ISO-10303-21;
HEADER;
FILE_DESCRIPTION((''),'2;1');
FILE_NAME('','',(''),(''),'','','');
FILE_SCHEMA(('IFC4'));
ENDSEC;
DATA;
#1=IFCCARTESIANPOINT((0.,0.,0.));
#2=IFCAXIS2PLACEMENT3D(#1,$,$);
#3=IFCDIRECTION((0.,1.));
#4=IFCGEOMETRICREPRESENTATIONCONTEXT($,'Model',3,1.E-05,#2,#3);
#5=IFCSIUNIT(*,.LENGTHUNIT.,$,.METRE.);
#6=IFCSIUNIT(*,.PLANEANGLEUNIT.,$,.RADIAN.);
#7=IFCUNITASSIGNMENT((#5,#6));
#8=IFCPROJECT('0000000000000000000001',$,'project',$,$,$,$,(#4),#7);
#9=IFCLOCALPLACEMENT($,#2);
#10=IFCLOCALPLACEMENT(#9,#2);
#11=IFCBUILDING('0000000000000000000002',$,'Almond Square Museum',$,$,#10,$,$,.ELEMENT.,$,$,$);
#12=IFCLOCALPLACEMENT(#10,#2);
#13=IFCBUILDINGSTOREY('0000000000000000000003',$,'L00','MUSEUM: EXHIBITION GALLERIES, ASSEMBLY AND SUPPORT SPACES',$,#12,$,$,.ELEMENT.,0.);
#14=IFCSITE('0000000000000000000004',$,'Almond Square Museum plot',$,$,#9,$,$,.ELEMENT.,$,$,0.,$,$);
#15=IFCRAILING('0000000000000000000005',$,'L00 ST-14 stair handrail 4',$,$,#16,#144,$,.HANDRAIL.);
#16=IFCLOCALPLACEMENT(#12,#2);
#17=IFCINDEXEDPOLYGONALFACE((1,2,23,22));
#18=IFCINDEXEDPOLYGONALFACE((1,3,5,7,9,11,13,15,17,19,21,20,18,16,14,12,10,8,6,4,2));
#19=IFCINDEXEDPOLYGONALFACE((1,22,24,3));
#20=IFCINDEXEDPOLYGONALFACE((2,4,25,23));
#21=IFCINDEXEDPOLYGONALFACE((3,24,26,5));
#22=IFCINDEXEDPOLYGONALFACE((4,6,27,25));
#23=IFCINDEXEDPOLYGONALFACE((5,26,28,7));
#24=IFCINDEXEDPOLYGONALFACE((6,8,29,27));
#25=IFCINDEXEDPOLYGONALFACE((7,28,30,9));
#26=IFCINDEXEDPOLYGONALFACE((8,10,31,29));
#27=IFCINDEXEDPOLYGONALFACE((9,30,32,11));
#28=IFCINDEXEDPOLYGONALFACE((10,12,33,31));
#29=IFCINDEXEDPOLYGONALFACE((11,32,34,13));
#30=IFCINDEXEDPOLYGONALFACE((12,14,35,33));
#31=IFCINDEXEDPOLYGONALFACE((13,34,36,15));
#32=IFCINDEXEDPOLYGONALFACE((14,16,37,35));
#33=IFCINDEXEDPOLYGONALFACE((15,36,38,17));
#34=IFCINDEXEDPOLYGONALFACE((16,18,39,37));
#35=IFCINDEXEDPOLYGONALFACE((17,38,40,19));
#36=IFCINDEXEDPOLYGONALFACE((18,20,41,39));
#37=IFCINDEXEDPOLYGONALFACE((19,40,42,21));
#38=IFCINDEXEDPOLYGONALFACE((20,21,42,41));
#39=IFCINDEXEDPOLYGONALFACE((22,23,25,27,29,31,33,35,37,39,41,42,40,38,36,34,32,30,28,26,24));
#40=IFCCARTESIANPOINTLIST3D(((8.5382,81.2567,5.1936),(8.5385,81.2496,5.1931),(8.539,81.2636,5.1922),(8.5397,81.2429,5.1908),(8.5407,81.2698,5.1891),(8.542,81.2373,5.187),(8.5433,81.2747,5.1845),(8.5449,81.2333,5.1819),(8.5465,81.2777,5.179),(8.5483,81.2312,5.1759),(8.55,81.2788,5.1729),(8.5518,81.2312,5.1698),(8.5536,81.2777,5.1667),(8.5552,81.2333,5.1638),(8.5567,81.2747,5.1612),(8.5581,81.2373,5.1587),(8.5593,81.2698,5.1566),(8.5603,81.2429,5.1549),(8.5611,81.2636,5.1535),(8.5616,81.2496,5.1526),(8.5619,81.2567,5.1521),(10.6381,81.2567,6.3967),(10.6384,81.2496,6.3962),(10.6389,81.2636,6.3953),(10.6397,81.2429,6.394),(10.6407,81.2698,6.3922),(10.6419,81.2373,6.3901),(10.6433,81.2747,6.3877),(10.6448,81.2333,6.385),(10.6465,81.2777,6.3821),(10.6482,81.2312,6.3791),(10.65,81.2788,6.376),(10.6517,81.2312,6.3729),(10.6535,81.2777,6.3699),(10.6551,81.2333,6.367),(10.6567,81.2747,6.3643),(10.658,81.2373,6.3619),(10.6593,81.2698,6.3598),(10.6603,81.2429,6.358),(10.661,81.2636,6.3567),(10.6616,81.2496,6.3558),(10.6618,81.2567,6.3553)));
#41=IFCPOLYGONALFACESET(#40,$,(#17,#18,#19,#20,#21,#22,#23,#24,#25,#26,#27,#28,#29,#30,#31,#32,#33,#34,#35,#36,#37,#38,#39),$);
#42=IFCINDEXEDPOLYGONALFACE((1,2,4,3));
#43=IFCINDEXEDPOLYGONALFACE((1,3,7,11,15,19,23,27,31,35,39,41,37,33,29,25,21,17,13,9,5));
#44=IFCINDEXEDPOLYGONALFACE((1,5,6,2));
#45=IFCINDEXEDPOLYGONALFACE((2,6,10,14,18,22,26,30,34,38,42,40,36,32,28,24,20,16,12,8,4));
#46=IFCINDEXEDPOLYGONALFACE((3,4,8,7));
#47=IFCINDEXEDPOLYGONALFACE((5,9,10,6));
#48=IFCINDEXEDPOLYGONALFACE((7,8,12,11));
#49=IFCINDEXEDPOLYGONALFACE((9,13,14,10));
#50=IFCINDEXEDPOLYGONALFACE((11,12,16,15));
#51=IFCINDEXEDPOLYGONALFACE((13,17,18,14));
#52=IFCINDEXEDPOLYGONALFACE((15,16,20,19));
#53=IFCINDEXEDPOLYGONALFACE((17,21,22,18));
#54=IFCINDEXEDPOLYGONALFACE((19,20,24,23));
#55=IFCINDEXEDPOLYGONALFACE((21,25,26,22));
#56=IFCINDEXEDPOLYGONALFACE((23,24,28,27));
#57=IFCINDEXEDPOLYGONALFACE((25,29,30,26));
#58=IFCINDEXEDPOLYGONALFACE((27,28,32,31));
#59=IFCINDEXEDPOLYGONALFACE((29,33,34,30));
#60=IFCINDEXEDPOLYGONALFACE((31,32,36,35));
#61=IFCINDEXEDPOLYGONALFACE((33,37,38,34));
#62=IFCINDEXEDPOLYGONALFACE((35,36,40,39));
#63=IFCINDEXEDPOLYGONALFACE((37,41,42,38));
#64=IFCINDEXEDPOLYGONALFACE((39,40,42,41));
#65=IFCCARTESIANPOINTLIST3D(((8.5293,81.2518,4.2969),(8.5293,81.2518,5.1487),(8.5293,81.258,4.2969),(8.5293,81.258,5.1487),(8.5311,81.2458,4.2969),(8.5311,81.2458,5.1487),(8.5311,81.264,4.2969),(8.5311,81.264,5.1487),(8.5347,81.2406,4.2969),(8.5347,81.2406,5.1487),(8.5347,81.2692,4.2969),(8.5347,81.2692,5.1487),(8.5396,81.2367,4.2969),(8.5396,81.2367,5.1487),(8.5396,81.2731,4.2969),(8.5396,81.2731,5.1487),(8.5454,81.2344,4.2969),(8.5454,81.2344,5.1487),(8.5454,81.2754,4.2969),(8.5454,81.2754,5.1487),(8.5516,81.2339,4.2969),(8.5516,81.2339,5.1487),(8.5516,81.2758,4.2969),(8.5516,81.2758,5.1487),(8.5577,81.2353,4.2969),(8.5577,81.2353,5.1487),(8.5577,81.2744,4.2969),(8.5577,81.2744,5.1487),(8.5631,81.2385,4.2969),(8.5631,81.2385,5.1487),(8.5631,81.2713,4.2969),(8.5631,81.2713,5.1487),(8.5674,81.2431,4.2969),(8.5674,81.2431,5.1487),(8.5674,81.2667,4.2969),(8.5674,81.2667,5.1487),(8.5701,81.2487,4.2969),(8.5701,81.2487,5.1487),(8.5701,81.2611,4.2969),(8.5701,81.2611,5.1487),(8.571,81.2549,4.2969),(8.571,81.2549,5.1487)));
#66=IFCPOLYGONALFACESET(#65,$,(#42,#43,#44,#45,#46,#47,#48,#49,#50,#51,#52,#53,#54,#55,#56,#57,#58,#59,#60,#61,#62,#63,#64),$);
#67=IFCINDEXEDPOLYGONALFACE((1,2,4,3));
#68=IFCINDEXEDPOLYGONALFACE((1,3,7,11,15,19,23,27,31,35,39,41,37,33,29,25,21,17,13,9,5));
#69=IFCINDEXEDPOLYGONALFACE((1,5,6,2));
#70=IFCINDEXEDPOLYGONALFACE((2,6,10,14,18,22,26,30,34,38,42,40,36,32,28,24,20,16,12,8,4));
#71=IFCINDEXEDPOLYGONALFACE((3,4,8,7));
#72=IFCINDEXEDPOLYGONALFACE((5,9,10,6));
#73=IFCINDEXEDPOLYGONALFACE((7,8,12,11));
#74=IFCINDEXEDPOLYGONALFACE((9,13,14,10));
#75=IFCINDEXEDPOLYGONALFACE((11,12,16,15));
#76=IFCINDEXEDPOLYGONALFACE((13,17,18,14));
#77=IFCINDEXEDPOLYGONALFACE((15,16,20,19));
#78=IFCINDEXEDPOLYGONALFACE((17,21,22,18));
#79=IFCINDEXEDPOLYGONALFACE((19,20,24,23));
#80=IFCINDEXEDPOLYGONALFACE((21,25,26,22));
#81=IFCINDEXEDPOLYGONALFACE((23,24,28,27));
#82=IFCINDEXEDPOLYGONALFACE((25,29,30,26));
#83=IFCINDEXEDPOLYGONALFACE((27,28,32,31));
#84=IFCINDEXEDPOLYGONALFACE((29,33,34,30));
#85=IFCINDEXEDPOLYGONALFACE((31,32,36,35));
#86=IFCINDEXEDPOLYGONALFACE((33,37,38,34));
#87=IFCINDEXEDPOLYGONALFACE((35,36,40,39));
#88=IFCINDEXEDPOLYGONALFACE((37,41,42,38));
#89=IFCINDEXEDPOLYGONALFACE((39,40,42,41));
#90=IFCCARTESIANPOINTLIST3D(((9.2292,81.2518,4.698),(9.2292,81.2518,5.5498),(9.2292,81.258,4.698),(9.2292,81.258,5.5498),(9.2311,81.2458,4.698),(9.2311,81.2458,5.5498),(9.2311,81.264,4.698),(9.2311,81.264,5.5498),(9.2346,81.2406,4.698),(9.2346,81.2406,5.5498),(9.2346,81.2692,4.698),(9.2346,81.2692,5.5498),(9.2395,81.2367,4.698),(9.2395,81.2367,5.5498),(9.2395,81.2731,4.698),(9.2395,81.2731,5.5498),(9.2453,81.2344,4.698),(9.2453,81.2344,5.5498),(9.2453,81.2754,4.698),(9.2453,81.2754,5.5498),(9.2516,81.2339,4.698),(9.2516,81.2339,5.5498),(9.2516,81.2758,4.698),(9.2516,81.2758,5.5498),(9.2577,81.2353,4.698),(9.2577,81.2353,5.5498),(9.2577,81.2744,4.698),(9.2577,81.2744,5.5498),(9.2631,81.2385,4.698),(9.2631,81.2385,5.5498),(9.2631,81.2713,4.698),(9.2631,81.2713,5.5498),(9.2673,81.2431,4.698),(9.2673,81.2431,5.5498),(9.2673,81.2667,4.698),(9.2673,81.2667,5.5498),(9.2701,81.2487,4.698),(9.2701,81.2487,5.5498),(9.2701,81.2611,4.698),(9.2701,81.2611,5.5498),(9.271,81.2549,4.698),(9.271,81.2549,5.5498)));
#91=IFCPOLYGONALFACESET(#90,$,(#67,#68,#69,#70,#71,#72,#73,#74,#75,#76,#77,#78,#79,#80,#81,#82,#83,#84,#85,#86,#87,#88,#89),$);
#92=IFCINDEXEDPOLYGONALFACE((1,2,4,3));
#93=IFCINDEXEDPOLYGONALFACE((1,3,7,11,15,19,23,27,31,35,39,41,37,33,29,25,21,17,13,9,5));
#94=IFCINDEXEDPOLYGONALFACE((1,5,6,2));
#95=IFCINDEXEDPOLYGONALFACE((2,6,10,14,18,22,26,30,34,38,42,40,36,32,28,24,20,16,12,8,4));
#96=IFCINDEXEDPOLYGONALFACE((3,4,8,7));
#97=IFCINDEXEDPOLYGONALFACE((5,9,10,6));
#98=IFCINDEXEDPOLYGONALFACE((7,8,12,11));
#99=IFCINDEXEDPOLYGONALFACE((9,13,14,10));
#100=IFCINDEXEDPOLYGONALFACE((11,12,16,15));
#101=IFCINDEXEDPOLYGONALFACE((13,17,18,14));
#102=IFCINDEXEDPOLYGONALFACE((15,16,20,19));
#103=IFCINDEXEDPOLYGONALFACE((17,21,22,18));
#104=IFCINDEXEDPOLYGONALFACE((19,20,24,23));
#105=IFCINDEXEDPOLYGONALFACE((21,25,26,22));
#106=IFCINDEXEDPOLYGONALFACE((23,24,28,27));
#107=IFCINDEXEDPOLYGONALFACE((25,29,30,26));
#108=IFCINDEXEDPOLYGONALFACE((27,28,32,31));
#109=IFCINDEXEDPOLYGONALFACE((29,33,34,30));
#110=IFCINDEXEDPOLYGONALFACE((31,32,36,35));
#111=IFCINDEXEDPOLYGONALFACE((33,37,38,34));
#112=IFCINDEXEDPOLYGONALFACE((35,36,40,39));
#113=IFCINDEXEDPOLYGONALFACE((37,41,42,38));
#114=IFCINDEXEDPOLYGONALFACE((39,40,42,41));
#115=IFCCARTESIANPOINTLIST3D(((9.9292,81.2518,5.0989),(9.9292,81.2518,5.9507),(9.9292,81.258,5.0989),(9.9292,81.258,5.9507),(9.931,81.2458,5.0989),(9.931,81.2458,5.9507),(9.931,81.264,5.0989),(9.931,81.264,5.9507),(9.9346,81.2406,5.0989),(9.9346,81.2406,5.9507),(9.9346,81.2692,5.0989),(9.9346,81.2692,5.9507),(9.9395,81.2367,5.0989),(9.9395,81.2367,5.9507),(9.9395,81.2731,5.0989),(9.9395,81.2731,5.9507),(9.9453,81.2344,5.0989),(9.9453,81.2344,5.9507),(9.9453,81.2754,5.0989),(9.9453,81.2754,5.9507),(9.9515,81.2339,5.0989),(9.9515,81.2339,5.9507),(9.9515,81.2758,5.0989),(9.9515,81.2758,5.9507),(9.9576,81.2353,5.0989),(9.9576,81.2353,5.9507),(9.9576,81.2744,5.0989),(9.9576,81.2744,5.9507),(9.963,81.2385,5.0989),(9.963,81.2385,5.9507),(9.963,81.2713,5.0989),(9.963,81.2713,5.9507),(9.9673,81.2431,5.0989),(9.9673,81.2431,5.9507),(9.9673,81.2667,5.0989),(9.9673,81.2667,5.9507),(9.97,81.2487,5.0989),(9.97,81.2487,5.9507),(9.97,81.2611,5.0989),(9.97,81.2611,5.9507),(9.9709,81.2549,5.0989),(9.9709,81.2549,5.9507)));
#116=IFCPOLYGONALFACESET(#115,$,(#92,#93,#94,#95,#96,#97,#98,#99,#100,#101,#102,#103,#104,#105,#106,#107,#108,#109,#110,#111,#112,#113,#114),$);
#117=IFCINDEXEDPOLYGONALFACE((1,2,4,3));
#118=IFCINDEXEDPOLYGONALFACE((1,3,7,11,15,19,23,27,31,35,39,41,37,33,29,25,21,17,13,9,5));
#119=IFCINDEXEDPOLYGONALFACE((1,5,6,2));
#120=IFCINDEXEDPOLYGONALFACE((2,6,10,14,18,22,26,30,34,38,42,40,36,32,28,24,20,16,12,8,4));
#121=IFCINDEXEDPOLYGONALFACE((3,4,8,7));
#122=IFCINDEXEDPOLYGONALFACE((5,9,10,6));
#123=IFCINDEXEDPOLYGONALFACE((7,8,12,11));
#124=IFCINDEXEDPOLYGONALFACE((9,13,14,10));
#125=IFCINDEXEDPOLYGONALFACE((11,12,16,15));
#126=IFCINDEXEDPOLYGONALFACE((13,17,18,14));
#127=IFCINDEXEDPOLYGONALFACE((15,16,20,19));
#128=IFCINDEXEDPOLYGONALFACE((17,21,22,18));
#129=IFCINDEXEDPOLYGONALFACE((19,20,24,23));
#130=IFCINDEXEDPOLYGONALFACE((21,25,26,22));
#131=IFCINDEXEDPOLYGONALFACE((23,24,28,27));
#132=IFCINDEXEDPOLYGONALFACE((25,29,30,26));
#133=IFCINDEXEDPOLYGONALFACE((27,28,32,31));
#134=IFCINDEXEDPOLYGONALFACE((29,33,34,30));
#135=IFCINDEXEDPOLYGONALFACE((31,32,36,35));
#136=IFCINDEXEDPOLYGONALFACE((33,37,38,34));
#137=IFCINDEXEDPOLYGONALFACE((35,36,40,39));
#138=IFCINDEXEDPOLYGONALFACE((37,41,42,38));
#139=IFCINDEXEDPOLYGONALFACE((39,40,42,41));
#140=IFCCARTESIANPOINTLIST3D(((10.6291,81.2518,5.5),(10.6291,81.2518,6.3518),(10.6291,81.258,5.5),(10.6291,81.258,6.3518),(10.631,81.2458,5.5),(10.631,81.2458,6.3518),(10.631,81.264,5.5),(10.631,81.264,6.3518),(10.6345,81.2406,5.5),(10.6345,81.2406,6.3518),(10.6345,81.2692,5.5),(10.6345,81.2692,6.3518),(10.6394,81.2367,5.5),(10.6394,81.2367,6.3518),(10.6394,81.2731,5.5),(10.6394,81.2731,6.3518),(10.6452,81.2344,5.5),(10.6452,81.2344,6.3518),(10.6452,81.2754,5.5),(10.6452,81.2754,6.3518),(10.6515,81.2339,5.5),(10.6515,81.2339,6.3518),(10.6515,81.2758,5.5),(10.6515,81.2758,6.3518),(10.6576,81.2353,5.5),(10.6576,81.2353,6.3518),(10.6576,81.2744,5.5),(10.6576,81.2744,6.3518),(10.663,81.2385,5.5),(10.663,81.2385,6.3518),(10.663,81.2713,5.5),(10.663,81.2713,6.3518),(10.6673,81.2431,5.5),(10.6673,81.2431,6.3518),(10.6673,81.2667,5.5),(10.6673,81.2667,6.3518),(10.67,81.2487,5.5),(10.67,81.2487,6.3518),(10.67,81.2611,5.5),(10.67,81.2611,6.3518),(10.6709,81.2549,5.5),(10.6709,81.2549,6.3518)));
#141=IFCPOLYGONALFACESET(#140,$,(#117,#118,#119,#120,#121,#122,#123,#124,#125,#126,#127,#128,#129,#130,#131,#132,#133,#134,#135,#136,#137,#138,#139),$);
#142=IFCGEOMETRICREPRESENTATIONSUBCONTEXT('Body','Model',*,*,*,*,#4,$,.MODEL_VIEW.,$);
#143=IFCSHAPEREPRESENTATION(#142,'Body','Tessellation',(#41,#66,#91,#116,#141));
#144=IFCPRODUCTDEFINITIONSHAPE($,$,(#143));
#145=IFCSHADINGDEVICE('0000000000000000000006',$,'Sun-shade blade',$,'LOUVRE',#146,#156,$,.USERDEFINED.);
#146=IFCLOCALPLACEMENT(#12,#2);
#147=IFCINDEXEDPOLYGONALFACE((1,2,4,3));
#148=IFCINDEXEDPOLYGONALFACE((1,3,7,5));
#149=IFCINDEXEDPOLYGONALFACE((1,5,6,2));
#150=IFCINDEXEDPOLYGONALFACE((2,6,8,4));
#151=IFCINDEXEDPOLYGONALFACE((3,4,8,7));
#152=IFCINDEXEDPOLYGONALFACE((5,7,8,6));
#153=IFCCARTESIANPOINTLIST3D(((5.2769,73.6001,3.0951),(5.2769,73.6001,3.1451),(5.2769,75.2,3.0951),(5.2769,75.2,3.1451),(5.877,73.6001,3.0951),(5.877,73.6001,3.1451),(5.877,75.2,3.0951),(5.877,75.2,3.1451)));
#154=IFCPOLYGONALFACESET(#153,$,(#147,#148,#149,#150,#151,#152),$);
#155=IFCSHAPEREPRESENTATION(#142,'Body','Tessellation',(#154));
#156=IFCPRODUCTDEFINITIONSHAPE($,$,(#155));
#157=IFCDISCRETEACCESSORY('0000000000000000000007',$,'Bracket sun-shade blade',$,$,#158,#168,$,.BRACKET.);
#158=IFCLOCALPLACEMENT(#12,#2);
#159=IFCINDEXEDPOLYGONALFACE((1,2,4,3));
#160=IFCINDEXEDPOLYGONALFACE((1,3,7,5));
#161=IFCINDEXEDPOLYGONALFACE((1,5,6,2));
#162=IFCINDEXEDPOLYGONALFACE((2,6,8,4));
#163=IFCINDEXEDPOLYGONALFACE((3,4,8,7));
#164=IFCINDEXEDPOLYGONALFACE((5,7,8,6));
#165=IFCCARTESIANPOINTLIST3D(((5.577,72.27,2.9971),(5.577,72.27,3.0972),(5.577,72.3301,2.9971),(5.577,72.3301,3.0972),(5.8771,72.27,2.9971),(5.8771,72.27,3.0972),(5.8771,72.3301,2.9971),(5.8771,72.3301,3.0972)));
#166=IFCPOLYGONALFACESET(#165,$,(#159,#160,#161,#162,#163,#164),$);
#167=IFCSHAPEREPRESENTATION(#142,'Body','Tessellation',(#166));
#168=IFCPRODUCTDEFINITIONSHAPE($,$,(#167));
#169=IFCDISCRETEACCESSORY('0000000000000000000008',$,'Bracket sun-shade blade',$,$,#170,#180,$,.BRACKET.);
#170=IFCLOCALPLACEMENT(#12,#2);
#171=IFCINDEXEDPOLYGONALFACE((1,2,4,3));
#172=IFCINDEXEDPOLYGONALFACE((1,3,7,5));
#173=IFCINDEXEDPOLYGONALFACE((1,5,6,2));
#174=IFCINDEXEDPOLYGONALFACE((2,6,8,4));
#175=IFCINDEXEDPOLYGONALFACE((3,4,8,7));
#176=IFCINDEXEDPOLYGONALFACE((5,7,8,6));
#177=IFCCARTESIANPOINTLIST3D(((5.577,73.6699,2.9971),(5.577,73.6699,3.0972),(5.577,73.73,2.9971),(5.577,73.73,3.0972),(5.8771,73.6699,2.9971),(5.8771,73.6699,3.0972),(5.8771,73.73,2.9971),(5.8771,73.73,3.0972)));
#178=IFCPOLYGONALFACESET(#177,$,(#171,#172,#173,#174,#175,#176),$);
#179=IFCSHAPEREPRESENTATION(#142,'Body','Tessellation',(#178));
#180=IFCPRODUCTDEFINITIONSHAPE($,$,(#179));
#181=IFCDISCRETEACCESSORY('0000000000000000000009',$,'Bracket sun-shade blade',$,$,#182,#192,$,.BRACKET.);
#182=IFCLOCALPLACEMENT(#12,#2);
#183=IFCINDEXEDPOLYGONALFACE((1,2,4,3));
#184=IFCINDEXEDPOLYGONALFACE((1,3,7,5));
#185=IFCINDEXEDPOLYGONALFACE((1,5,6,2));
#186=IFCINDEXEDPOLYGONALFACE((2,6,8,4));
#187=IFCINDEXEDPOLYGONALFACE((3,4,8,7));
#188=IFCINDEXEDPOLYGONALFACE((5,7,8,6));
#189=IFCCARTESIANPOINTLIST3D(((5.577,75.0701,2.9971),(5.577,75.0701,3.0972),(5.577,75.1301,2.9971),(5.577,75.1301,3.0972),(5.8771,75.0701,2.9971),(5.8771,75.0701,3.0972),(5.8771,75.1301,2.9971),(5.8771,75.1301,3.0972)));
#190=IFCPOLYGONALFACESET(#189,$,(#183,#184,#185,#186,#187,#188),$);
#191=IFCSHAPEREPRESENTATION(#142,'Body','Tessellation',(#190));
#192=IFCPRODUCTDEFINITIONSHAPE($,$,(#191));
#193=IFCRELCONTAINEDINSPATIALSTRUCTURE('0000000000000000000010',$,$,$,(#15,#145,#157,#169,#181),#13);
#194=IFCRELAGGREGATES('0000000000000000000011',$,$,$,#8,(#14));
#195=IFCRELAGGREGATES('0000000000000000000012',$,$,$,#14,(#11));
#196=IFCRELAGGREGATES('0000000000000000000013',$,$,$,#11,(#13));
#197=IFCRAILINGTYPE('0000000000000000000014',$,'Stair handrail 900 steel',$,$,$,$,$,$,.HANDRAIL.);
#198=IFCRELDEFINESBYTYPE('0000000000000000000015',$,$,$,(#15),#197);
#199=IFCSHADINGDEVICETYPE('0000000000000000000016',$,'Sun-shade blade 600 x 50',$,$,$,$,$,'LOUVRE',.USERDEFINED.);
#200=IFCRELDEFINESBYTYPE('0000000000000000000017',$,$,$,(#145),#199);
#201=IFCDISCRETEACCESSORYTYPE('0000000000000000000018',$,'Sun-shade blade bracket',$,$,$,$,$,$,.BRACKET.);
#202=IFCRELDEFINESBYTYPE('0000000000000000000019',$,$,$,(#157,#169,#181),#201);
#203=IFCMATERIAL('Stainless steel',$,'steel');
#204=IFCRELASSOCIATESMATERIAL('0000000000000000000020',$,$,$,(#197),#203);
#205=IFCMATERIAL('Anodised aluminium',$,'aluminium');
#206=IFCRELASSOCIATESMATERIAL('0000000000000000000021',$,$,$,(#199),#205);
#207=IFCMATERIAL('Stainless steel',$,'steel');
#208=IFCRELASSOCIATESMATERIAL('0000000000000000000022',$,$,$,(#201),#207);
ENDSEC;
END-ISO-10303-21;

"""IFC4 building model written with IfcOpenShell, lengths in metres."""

from ifc_helpers import new_model, si_unit, direction, frame, origin, origin_2d, place, context, subcontext, project, spatial, rectangle, circle, extrude, material, material_profile, profile_set, type_object, element, save


model = new_model("IFC4")

# Units and contexts
model_context = context("Model", 3, precision=1e-05, world=origin(), true_north=direction((0.0, 1.0)))
body_context = subcontext(model_context, "Body", "Model", "MODEL_VIEW")
ifc_project = project(units=[si_unit("LENGTHUNIT", "METRE"), si_unit("PLANEANGLEUNIT", "RADIAN")], contexts=[model_context])

# Site, building, storey
site_placement = place(None, origin())
site = spatial("IfcSite", under=ifc_project, at=site_placement, Name="Almond Square Museum plot", CompositionType="ELEMENT", RefElevation=0.0)
building_placement = place(site_placement, origin())
building = spatial("IfcBuilding", under=site, at=building_placement, Name="Almond Square Museum", CompositionType="ELEMENT")
storey_placement = place(building_placement, origin())
storey = spatial("IfcBuildingStorey", under=building, at=storey_placement, Name="L00", Description="MUSEUM: EXHIBITION GALLERIES, ASSEMBLY AND SUPPORT SPACES", CompositionType="ELEMENT", Elevation=0.0)

# Railing
ifc_material_1 = material(Name="Stainless steel", Category="steel")
railing_type_1 = type_object("IfcRailingType", Name="Stair handrail 900 steel", PredefinedType="HANDRAIL", material=ifc_material_1)
for number, where, name in (
    (1, (8.55, 81.2549, 4.2969), "L00 ST-14 stair handrail 4"),
):
    element("IfcRailing", number, at=place(storey_placement, frame(where)), inside=storey, type_object=railing_type_1, Name=name, PredefinedType="HANDRAIL", context=body_context, shape_type="SweptSolid", body=[
        extrude(circle(Radius=0.0239, at=origin_2d()), frame((0.0, 0.0, 0.876), z_axis=(0.867671, 0.0, 0.497138), x_axis=(0.0, 1.0, 0.0)), (0.0, 0.0, 1.0), 2.4202),
        extrude(circle(Radius=0.021, at=origin_2d()), origin(), (0.0, 0.0, 1.0), 0.8518),
        extrude(circle(Radius=0.021, at=origin_2d()), frame((0.7, 0.0, 0.4011)), (0.0, 0.0, 1.0), 0.8518),
        extrude(circle(Radius=0.021, at=origin_2d()), frame((1.3999, 0.0, 0.802)), (0.0, 0.0, 1.0), 0.8518),
        extrude(circle(Radius=0.021, at=origin_2d()), frame((2.0999, 0.0, 1.2031)), (0.0, 0.0, 1.0), 0.8518),
    ])

# Shading device
ifc_material_2 = material(Name="Anodised aluminium", Category="aluminium")
ifc_material_profile_1 = material_profile(ifc_material_2, rectangle(XDim=0.6001, YDim=0.05, at=origin_2d()))
ifc_profile_set_1 = profile_set([ifc_material_profile_1], Name="Anodised aluminium")
shading_device_type = type_object("IfcShadingDeviceType", Name="Sun-shade blade 600 x 50", ElementType="LOUVRE", PredefinedType="USERDEFINED", material=ifc_profile_set_1)
shading_device_placement = place(storey_placement, frame((5.5769, 73.6001, 3.1201), z_axis=(0.0, 1.0, 0.0), x_axis=(-1.0, 0.0, 0.0)))
element("IfcShadingDevice", 2, at=shading_device_placement, inside=storey, type_object=shading_device_type, Name="Sun-shade blade", ObjectType="LOUVRE", PredefinedType="USERDEFINED", context=body_context, shape_type="SweptSolid", body=[
    extrude(rectangle(XDim=0.6001, YDim=0.05, at=origin_2d()), origin(), (0.0, 0.0, 1.0), 1.5999),
])

# Discrete accessories
ifc_material_3 = material(Name="Stainless steel", Category="steel")
discrete_accessory_type = type_object("IfcDiscreteAccessoryType", Name="Sun-shade blade bracket", PredefinedType="BRACKET", material=ifc_material_3)
for number, where, z_axis, x_axis, name in (
    (3, (5.7271, 72.3, 2.9971), (0.0, 0.0, 1.0), (1.0, 0.0, 0.0), "Bracket sun-shade blade"),
    (4, (5.7271, 73.7, 2.9971), (0.0, 0.0, 1.0), (1.0, 0.0, 0.0), "Bracket sun-shade blade"),
    (5, (5.7271, 75.1001, 2.9971), (0.0, 0.0, 1.0), (1.0, 0.0, 0.0), "Bracket sun-shade blade"),
):
    element("IfcDiscreteAccessory", number, at=place(storey_placement, frame(where, z_axis=z_axis, x_axis=x_axis)), inside=storey, type_object=discrete_accessory_type, Name=name, PredefinedType="BRACKET", context=body_context, shape_type="SweptSolid", body=[
        extrude(rectangle(XDim=0.3, YDim=0.0601, at=origin_2d()), origin(), (0.0, 0.0, 1.0), 0.1001),
    ])

save(model, "model.ifc")
